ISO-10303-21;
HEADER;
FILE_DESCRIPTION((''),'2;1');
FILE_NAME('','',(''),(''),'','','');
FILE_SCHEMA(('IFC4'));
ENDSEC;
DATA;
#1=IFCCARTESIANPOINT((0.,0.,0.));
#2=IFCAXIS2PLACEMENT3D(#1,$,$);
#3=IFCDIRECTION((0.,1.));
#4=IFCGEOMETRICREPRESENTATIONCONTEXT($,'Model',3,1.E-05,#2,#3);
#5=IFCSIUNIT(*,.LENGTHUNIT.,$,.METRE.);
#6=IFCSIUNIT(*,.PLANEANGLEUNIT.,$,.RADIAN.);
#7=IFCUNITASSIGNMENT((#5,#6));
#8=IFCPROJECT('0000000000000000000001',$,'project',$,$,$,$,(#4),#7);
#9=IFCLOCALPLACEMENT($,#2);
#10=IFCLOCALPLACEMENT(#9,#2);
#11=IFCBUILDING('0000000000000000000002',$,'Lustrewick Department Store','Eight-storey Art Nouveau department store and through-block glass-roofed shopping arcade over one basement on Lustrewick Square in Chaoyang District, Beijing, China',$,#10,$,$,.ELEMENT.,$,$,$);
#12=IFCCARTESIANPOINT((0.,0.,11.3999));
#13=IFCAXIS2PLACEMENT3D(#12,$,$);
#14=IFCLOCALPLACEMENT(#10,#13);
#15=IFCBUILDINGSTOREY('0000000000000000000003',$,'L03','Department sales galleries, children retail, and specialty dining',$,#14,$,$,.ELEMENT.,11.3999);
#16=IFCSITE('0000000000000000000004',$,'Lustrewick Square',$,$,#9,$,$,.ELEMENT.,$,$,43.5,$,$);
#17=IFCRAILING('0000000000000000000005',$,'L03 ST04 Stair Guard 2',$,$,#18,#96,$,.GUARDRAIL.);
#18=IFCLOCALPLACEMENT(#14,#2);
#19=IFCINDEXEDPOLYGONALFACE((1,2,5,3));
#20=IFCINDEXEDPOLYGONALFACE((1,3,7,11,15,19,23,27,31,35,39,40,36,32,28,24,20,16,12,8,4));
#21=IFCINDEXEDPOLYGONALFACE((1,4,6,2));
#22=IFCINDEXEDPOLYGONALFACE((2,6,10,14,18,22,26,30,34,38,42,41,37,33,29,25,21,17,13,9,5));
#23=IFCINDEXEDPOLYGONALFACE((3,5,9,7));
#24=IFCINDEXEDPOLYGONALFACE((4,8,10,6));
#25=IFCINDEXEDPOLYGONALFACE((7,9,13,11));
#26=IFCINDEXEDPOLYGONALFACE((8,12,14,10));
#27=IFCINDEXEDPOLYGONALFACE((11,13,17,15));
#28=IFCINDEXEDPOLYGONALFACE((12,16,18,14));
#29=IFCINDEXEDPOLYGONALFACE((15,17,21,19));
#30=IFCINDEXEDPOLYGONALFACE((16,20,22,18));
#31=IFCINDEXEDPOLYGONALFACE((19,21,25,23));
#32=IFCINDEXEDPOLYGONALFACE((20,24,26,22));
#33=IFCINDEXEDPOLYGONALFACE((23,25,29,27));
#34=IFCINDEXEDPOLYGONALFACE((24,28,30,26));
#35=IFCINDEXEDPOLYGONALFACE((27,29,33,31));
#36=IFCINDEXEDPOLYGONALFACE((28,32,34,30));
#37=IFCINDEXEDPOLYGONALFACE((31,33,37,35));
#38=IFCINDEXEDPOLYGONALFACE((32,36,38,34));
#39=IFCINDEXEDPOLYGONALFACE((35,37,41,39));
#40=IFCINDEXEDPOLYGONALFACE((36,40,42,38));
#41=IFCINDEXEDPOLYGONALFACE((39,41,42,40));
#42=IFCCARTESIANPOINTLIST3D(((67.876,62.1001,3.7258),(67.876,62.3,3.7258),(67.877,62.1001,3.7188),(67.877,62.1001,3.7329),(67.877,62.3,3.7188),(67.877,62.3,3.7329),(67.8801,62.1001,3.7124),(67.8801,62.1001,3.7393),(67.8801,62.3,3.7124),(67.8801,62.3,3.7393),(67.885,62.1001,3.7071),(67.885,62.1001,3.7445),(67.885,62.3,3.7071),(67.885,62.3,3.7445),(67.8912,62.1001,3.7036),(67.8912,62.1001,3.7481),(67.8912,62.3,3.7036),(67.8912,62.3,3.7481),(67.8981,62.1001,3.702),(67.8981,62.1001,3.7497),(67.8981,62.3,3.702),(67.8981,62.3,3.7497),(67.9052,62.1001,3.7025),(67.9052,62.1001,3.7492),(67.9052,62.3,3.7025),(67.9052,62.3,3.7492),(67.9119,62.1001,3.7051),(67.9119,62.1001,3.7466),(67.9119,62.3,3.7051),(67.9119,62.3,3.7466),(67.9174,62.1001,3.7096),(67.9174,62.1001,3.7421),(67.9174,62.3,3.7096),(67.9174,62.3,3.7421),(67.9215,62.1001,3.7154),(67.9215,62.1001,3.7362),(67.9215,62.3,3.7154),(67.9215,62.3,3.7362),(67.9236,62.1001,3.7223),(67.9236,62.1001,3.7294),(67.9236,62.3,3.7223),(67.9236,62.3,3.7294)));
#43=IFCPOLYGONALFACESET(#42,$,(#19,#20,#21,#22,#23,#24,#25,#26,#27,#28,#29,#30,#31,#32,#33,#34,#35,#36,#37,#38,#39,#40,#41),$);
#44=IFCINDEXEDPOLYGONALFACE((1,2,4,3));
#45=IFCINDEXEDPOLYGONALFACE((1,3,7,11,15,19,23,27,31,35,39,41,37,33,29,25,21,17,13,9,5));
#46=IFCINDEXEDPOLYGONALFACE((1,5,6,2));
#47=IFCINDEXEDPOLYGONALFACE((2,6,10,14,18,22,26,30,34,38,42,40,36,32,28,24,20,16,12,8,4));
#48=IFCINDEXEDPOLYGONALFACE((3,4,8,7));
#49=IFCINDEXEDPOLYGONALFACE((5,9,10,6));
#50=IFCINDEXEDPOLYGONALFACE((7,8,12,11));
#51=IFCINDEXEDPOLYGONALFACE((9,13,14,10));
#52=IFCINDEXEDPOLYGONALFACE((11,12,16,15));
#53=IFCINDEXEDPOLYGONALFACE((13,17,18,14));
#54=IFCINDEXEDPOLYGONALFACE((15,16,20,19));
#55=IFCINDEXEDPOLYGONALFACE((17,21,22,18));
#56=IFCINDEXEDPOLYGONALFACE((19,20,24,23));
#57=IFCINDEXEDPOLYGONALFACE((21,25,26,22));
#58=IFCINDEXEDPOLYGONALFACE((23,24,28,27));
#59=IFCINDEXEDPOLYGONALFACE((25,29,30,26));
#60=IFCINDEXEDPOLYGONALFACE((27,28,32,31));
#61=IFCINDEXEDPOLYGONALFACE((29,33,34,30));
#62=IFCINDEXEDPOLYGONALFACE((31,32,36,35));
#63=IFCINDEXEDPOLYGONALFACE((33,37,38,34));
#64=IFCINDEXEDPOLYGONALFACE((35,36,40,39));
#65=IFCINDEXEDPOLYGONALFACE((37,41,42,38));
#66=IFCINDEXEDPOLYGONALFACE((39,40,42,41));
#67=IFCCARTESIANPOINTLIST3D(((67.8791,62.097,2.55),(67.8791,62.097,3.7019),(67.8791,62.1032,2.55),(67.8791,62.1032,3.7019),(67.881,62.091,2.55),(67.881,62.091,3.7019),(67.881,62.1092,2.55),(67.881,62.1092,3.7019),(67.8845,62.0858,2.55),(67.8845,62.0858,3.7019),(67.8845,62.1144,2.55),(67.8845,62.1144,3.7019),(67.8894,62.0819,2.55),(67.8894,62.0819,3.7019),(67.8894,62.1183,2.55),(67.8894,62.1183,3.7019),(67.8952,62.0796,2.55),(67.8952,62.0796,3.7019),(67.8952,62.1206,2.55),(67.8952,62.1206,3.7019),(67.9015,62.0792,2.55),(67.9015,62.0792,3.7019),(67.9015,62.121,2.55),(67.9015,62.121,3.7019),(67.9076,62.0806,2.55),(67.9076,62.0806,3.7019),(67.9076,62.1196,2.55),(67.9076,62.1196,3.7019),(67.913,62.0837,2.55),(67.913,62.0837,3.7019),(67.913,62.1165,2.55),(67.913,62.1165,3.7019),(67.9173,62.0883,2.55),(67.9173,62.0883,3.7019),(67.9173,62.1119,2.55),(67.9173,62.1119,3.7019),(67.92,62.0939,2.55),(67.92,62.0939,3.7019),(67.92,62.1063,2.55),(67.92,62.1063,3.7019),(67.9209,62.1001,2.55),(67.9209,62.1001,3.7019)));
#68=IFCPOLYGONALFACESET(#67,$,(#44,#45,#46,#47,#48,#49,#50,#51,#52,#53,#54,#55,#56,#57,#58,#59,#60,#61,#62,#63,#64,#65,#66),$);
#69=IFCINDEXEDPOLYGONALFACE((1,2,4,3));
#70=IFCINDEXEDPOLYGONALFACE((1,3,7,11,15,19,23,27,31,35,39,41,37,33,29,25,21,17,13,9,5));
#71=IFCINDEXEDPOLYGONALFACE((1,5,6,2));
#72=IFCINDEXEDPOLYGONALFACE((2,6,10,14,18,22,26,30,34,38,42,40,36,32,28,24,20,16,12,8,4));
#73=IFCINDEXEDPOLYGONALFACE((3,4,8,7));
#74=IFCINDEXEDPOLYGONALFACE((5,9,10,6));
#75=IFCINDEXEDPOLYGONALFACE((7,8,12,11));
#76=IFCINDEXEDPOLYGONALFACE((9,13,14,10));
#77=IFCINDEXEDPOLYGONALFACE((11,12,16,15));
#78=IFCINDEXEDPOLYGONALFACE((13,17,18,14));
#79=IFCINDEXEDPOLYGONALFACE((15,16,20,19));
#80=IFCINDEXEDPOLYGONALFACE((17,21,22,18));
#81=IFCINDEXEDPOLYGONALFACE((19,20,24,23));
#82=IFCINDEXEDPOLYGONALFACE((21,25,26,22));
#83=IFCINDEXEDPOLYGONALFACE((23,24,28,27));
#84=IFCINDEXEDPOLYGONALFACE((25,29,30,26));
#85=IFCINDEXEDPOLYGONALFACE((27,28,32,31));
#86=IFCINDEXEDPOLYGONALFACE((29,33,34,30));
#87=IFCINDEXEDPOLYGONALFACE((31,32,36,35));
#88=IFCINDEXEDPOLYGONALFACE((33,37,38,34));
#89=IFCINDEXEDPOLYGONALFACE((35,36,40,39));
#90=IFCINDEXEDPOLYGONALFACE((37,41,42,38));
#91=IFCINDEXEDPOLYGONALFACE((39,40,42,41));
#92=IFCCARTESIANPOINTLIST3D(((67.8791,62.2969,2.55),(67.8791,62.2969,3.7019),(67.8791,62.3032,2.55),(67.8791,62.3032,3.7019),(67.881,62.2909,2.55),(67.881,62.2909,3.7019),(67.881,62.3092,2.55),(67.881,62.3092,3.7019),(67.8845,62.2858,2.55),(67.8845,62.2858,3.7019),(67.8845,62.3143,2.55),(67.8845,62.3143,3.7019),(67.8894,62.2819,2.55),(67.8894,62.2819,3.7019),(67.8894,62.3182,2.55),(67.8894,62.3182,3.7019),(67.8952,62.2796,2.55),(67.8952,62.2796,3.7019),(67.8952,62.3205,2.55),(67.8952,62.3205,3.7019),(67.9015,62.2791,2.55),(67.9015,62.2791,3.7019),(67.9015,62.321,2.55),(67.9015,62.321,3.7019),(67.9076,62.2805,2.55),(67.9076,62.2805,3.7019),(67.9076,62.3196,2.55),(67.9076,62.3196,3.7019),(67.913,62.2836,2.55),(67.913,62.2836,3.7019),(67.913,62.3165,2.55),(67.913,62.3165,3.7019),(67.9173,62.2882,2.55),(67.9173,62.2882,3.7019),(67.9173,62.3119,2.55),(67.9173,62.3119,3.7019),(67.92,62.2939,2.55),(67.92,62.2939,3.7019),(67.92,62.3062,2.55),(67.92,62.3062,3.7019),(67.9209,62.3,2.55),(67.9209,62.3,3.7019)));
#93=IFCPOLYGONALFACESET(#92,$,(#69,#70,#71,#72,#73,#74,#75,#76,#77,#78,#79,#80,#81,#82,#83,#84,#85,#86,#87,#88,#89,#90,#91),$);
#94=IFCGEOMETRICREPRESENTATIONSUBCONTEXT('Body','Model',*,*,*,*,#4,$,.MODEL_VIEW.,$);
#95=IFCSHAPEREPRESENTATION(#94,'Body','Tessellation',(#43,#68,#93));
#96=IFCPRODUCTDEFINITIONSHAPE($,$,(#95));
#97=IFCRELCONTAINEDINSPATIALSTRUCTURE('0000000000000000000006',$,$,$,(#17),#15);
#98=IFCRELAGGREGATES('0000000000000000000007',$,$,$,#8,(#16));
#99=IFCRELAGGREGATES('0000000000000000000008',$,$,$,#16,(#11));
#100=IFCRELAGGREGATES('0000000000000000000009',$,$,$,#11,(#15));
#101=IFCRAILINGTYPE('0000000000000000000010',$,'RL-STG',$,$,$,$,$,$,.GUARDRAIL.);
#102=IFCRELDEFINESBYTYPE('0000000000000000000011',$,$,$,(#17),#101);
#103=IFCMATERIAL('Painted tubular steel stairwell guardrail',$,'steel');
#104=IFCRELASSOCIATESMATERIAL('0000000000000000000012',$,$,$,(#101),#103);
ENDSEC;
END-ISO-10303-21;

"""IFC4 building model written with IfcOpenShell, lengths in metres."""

from ifc_helpers import new_model, si_unit, direction, frame, origin, origin_2d, place, context, subcontext, project, spatial, circle, extrude, material, type_object, element, save


model = new_model("IFC4")

# Units and contexts
model_context = context("Model", 3, precision=1e-05, world=origin(), true_north=direction((0.0, 1.0)))
body_context = subcontext(model_context, "Body", "Model", "MODEL_VIEW")
ifc_project = project(units=[si_unit("LENGTHUNIT", "METRE"), si_unit("PLANEANGLEUNIT", "RADIAN")], contexts=[model_context])

# Site, building, storey
site_placement = place(None, origin())
site = spatial("IfcSite", under=ifc_project, at=site_placement, Name="Lustrewick Square", CompositionType="ELEMENT", RefElevation=43.5)
building_placement = place(site_placement, origin())
building = spatial("IfcBuilding", under=site, at=building_placement, Name="Lustrewick Department Store", Description="Eight-storey Art Nouveau department store and through-block glass-roofed shopping arcade over one basement on Lustrewick Square in Chaoyang District, Beijing, China", CompositionType="ELEMENT")
storey_placement = place(building_placement, frame((0.0, 0.0, 11.3999)))
storey = spatial("IfcBuildingStorey", under=building, at=storey_placement, Name="L03", Description="Department sales galleries, children retail, and specialty dining", CompositionType="ELEMENT", Elevation=11.3999)

# Railing
ifc_material_1 = material(Name="Painted tubular steel stairwell guardrail", Category="steel")
railing_type_1 = type_object("IfcRailingType", Name="RL-STG", PredefinedType="GUARDRAIL", material=ifc_material_1)
railing_1_placement = place(storey_placement, frame((67.8999, 62.1001, 2.55)))
element("IfcRailing", 1, at=railing_1_placement, inside=storey, type_object=railing_type_1, Name="L03 ST04 Stair Guard 2", PredefinedType="GUARDRAIL", context=body_context, shape_type="SweptSolid", body=[
    extrude(circle(Radius=0.0239, at=origin_2d()), frame((0.0, 0.0, 1.1758), z_axis=(0.0, 1.0, 0.0), x_axis=(-1.0, 0.0, 0.0)), (0.0, 0.0, 1.0), 0.2),
    extrude(circle(Radius=0.021, at=origin_2d()), origin(), (0.0, 0.0, 1.0), 1.1519),
    extrude(circle(Radius=0.021, at=origin_2d()), frame((0.0, 0.2, 0.0)), (0.0, 0.0, 1.0), 1.1519),
])

save(model, "model.ifc")
